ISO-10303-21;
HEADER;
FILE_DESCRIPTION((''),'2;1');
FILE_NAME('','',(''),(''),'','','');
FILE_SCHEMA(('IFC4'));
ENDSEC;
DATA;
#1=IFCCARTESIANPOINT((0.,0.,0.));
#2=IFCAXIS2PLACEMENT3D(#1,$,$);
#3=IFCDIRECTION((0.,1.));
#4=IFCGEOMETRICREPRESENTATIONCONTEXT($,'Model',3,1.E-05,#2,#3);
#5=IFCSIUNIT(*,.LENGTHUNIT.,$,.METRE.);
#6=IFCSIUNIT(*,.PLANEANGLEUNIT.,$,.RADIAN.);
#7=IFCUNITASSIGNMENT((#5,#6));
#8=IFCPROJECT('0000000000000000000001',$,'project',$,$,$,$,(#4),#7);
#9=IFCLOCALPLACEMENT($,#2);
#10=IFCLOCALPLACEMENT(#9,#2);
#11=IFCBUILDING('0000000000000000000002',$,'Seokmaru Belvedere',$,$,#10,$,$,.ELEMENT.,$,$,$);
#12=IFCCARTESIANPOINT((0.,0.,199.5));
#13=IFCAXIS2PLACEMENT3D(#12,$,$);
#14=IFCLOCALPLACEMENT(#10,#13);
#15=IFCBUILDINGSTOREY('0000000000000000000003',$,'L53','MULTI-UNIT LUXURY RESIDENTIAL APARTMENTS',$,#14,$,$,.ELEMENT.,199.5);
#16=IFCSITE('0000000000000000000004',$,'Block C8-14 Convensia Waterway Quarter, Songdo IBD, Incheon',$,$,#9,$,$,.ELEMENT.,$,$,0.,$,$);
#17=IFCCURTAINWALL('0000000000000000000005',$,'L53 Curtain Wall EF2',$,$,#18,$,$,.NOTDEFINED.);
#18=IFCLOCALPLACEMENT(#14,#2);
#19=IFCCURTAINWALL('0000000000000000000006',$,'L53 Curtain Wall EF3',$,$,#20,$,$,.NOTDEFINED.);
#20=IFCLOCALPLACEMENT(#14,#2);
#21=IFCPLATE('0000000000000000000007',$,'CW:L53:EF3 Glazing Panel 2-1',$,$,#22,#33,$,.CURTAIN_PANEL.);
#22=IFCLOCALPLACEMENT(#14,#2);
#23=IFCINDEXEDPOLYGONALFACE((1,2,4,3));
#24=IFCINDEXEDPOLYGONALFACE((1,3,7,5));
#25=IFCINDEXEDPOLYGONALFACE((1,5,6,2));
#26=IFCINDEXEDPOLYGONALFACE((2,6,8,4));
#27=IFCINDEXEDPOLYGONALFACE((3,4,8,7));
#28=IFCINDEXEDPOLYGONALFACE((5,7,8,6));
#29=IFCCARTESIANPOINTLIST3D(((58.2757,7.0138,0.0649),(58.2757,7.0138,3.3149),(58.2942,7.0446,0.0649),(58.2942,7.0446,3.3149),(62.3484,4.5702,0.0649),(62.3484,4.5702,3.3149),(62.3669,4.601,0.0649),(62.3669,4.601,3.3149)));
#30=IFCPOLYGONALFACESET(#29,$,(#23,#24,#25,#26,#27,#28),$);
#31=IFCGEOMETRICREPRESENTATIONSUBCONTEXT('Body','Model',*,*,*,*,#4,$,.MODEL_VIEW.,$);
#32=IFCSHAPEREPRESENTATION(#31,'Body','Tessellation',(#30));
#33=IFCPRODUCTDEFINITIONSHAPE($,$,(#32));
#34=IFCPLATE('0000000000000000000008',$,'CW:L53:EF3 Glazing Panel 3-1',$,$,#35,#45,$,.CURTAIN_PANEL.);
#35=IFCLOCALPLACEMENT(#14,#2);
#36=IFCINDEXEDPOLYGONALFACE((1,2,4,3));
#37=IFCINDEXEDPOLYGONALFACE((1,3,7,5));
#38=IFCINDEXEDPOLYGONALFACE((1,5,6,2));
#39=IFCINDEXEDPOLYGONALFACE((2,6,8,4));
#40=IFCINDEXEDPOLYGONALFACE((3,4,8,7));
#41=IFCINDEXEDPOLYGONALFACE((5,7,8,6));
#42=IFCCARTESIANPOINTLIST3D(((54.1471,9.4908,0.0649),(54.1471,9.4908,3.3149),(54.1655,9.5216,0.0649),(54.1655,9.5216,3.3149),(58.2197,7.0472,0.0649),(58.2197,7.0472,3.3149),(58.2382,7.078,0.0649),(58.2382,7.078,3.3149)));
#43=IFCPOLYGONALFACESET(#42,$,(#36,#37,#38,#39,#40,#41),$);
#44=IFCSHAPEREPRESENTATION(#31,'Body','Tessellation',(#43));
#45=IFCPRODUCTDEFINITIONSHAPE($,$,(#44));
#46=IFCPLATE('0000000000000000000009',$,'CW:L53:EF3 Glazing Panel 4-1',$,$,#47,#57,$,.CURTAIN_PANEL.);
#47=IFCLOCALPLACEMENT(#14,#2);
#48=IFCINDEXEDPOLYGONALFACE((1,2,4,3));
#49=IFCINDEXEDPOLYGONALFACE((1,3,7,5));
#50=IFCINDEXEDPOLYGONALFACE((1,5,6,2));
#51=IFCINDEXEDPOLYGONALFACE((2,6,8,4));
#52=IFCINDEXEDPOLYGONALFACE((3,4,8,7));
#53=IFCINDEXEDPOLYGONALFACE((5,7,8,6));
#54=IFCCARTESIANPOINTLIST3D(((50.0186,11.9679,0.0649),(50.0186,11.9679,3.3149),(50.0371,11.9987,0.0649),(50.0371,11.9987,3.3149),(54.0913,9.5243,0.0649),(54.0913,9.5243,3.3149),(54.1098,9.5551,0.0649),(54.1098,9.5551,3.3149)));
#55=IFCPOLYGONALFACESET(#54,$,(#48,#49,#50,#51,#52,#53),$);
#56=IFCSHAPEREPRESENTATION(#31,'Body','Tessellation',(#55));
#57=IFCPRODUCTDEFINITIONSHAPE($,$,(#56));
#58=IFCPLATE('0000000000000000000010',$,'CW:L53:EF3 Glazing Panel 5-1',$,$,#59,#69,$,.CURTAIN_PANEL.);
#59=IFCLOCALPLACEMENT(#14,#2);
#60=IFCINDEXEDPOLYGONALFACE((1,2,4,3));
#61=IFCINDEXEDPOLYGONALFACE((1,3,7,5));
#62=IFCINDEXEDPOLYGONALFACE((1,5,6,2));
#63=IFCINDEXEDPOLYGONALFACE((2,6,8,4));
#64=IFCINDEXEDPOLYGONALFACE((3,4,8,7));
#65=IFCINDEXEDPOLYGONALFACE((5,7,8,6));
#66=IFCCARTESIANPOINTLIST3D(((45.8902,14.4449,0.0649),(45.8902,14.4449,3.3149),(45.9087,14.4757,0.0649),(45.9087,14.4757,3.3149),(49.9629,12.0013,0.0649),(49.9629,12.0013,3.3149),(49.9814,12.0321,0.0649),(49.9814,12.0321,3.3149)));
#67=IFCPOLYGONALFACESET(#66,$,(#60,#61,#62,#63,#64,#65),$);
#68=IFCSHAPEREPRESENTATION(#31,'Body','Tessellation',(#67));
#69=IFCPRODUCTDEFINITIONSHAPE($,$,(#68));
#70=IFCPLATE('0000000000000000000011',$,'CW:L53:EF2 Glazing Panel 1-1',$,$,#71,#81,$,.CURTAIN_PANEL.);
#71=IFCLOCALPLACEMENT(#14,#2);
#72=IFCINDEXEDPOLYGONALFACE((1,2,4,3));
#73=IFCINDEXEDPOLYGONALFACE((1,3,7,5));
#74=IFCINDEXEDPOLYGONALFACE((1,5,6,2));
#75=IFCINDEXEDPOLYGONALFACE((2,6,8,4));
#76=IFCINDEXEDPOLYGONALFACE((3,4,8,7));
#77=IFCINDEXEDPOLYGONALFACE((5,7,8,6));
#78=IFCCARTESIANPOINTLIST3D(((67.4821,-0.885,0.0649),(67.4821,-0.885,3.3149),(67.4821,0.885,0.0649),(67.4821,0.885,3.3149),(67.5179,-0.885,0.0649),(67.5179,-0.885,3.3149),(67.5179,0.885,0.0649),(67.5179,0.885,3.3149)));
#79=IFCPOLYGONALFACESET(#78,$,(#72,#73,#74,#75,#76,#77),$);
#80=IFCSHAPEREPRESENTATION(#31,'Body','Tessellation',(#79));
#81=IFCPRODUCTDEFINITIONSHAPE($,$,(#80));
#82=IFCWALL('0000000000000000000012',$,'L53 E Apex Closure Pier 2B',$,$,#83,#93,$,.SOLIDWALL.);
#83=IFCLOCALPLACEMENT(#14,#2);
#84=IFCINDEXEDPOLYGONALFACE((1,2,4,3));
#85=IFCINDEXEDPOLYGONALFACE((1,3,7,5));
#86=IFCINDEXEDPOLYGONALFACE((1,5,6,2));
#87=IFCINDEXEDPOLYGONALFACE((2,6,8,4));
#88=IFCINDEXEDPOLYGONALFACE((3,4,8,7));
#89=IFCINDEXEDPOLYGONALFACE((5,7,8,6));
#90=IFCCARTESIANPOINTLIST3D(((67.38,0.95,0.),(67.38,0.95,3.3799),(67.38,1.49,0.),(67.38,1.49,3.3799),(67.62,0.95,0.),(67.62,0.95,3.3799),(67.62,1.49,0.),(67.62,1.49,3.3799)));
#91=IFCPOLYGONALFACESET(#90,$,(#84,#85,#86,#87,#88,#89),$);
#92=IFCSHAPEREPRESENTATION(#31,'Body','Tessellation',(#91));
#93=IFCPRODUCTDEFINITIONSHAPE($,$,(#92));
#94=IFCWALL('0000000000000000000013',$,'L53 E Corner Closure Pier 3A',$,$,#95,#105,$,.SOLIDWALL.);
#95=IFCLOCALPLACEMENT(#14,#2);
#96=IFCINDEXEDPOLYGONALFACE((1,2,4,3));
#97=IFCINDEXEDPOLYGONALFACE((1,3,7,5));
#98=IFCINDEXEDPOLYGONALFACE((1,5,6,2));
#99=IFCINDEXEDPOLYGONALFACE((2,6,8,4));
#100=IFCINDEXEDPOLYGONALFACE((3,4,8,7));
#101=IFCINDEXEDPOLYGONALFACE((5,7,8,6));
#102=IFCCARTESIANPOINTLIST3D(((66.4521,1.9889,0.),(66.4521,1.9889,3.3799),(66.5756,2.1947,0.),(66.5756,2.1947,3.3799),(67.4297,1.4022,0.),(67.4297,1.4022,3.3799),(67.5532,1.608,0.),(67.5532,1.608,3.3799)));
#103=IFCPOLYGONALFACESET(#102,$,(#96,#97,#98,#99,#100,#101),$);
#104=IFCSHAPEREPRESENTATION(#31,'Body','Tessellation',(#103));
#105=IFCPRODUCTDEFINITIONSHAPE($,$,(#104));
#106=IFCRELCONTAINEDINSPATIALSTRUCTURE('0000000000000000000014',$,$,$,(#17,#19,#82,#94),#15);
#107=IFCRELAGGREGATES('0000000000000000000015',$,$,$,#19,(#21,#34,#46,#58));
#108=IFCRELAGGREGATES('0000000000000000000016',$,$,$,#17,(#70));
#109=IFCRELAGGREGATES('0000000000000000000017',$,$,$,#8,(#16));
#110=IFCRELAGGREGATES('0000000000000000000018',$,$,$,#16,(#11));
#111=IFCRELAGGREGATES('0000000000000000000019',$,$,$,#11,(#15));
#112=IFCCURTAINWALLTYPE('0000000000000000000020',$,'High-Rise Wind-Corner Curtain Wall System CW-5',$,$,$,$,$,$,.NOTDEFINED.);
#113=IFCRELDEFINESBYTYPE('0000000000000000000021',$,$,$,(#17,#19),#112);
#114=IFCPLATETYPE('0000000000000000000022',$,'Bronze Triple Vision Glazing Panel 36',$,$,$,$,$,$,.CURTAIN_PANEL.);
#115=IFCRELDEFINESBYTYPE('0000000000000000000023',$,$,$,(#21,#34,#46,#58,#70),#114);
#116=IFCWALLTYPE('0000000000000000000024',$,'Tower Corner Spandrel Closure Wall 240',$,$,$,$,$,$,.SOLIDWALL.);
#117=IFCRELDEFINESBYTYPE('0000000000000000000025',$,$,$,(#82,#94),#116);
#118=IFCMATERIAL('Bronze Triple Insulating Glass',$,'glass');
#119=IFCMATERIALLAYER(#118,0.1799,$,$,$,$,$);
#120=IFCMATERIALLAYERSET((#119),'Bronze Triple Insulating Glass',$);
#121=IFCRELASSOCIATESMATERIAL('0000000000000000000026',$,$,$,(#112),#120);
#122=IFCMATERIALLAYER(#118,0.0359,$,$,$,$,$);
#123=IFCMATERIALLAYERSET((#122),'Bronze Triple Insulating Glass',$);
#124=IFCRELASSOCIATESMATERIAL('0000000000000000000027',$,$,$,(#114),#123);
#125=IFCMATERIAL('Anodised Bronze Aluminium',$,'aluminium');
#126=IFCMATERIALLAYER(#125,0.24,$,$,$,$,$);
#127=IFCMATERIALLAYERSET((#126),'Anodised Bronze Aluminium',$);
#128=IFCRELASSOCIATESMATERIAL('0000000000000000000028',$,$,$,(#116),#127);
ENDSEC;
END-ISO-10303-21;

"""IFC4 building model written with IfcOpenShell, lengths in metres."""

from ifc_helpers import new_model, si_unit, direction, frame, frame_2d, origin, origin_2d, place, context, subcontext, project, spatial, rectangle, extrude, source, transform, mapped, material, layer, layer_set, type_object, element, aggregate, save


model = new_model("IFC4")

# Units and contexts
model_context = context("Model", 3, precision=1e-05, world=origin(), true_north=direction((0.0, 1.0)))
body_context = subcontext(model_context, "Body", "Model", "MODEL_VIEW")
ifc_project = project(units=[si_unit("LENGTHUNIT", "METRE"), si_unit("PLANEANGLEUNIT", "RADIAN")], contexts=[model_context])

# Site, building, storey
site_placement = place(None, origin())
site = spatial("IfcSite", under=ifc_project, at=site_placement, Name="Block C8-14 Convensia Waterway Quarter, Songdo IBD, Incheon", CompositionType="ELEMENT", RefElevation=0.0)
building_placement = place(site_placement, origin())
building = spatial("IfcBuilding", under=site, at=building_placement, Name="Seokmaru Belvedere", CompositionType="ELEMENT")
storey_placement = place(building_placement, frame((0.0, 0.0, 199.5)))
storey = spatial("IfcBuildingStorey", under=building, at=storey_placement, Name="L53", Description="MULTI-UNIT LUXURY RESIDENTIAL APARTMENTS", CompositionType="ELEMENT", Elevation=199.5)

# Curtain wall
ifc_material_1 = material(Name="Bronze Triple Insulating Glass", Category="glass")
ifc_layer_1 = layer(ifc_material_1, 0.1799)
ifc_layer_set_1 = layer_set([ifc_layer_1], Name="Bronze Triple Insulating Glass")
curtain_wall_type = type_object("IfcCurtainWallType", Name="High-Rise Wind-Corner Curtain Wall System CW-5", PredefinedType="NOTDEFINED", material=ifc_layer_set_1)
curtain_wall_1_placement = place(storey_placement, origin())
curtain_wall_1 = element("IfcCurtainWall", 1, at=curtain_wall_1_placement, inside=storey, type_object=curtain_wall_type, Name="L53 Curtain Wall EF2", PredefinedType="NOTDEFINED")
ifc_material_2 = material(Name="Anodised Bronze Aluminium", Category="aluminium")

# Curtain wall
curtain_wall_2_placement = place(storey_placement, origin())
curtain_wall_2 = element("IfcCurtainWall", 2, at=curtain_wall_2_placement, inside=storey, type_object=curtain_wall_type, Name="L53 Curtain Wall EF3", PredefinedType="NOTDEFINED")

# Plates
ifc_layer_2 = layer(ifc_material_1, 0.0359)
ifc_layer_set_2 = layer_set([ifc_layer_2], Name="Bronze Triple Insulating Glass")
plate_type = type_object("IfcPlateType", Name="Bronze Triple Vision Glazing Panel 36", PredefinedType="CURTAIN_PANEL", material=ifc_layer_set_2)
shared_shape_1 = source(origin(), body_context, "Body", "SweptSolid", [
    extrude(rectangle(XDim=4.7495, YDim=0.0359, at=origin_2d()), origin(), (0.0, 0.0, 1.0), 3.25),
])
plate_1_placement = place(storey_placement, frame((60.3213, 5.8074, 0.0649), z_axis=(0.0, 0.0, 1.0), x_axis=(-0.857493, 0.514495, 0.0)))
plate_1 = element("IfcPlate", 3, at=plate_1_placement, type_object=plate_type, Name="CW:L53:EF3 Glazing Panel 2-1", PredefinedType="CURTAIN_PANEL", context=body_context, shape_type="MappedRepresentation", body=[
    mapped(shared_shape_1, transform((0.0, 0.0, 0.0), scale=1.0)),
])
plate_2_placement = place(storey_placement, frame((56.1926, 8.2844, 0.0649), z_axis=(0.0, 0.0, 1.0), x_axis=(-0.857493, 0.514495, 0.0)))
plate_2 = element("IfcPlate", 4, at=plate_2_placement, type_object=plate_type, Name="CW:L53:EF3 Glazing Panel 3-1", PredefinedType="CURTAIN_PANEL", context=body_context, shape_type="MappedRepresentation", body=[
    mapped(shared_shape_1, transform((0.0, 0.0, 0.0), scale=1.0)),
])
plate_3_placement = place(storey_placement, frame((52.0642, 10.7615, 0.0649), z_axis=(0.0, 0.0, 1.0), x_axis=(-0.857493, 0.514495, 0.0)))
plate_3 = element("IfcPlate", 5, at=plate_3_placement, type_object=plate_type, Name="CW:L53:EF3 Glazing Panel 4-1", PredefinedType="CURTAIN_PANEL", context=body_context, shape_type="MappedRepresentation", body=[
    mapped(shared_shape_1, transform((0.0, 0.0, 0.0), scale=1.0)),
])
plate_4_placement = place(storey_placement, frame((47.9358, 13.2385, 0.0649), z_axis=(0.0, 0.0, 1.0), x_axis=(-0.857493, 0.514495, 0.0)))
plate_4 = element("IfcPlate", 6, at=plate_4_placement, type_object=plate_type, Name="CW:L53:EF3 Glazing Panel 5-1", PredefinedType="CURTAIN_PANEL", context=body_context, shape_type="MappedRepresentation", body=[
    mapped(shared_shape_1, transform((0.0, 0.0, 0.0), scale=1.0)),
])
aggregate(curtain_wall_2, [plate_1, plate_2, plate_3, plate_4])
shared_shape_2 = source(origin(), body_context, "Body", "SweptSolid", [
    extrude(rectangle(XDim=1.77, YDim=0.0359, at=origin_2d()), origin(), (0.0, 0.0, 1.0), 3.25),
])
plate_5_placement = place(storey_placement, frame((67.5, 0.0, 0.0649), z_axis=(0.0, 0.0, 1.0), x_axis=(0.0, 1.0, 0.0)))
plate_5 = element("IfcPlate", 7, at=plate_5_placement, type_object=plate_type, Name="CW:L53:EF2 Glazing Panel 1-1", PredefinedType="CURTAIN_PANEL", context=body_context, shape_type="MappedRepresentation", body=[
    mapped(shared_shape_2, transform((0.0, 0.0, 0.0), scale=1.0)),
])
aggregate(curtain_wall_1, [plate_5])

# Walls
ifc_layer_3 = layer(ifc_material_2, 0.24)
ifc_layer_set_3 = layer_set([ifc_layer_3], Name="Anodised Bronze Aluminium")
wall_type = type_object("IfcWallType", Name="Tower Corner Spandrel Closure Wall 240", PredefinedType="SOLIDWALL", material=ifc_layer_set_3)
wall_1_placement = place(storey_placement, frame((67.5, 0.95, 0.0), z_axis=(0.0, 0.0, 1.0), x_axis=(0.0, 1.0, 0.0)))
element("IfcWall", 8, at=wall_1_placement, inside=storey, type_object=wall_type, Name="L53 E Apex Closure Pier 2B", PredefinedType="SOLIDWALL", context=body_context, shape_type="SweptSolid", body=[
    extrude(rectangle(XDim=0.54, YDim=0.24, at=frame_2d((0.27, 0.0))), origin(), (0.0, 0.0, 1.0), 3.3799),
])
wall_2_placement = place(storey_placement, frame((67.4915, 1.5051, 0.0), z_axis=(0.0, 0.0, 1.0), x_axis=(-0.857436, 0.51459, 0.0)))
element("IfcWall", 9, at=wall_2_placement, inside=storey, type_object=wall_type, Name="L53 E Corner Closure Pier 3A", PredefinedType="SOLIDWALL", context=body_context, shape_type="SweptSolid", body=[
    extrude(rectangle(XDim=1.1401, YDim=0.24, at=frame_2d((0.5701, 0.0))), origin(), (0.0, 0.0, 1.0), 3.3799),
])

save(model, "model.ifc")
